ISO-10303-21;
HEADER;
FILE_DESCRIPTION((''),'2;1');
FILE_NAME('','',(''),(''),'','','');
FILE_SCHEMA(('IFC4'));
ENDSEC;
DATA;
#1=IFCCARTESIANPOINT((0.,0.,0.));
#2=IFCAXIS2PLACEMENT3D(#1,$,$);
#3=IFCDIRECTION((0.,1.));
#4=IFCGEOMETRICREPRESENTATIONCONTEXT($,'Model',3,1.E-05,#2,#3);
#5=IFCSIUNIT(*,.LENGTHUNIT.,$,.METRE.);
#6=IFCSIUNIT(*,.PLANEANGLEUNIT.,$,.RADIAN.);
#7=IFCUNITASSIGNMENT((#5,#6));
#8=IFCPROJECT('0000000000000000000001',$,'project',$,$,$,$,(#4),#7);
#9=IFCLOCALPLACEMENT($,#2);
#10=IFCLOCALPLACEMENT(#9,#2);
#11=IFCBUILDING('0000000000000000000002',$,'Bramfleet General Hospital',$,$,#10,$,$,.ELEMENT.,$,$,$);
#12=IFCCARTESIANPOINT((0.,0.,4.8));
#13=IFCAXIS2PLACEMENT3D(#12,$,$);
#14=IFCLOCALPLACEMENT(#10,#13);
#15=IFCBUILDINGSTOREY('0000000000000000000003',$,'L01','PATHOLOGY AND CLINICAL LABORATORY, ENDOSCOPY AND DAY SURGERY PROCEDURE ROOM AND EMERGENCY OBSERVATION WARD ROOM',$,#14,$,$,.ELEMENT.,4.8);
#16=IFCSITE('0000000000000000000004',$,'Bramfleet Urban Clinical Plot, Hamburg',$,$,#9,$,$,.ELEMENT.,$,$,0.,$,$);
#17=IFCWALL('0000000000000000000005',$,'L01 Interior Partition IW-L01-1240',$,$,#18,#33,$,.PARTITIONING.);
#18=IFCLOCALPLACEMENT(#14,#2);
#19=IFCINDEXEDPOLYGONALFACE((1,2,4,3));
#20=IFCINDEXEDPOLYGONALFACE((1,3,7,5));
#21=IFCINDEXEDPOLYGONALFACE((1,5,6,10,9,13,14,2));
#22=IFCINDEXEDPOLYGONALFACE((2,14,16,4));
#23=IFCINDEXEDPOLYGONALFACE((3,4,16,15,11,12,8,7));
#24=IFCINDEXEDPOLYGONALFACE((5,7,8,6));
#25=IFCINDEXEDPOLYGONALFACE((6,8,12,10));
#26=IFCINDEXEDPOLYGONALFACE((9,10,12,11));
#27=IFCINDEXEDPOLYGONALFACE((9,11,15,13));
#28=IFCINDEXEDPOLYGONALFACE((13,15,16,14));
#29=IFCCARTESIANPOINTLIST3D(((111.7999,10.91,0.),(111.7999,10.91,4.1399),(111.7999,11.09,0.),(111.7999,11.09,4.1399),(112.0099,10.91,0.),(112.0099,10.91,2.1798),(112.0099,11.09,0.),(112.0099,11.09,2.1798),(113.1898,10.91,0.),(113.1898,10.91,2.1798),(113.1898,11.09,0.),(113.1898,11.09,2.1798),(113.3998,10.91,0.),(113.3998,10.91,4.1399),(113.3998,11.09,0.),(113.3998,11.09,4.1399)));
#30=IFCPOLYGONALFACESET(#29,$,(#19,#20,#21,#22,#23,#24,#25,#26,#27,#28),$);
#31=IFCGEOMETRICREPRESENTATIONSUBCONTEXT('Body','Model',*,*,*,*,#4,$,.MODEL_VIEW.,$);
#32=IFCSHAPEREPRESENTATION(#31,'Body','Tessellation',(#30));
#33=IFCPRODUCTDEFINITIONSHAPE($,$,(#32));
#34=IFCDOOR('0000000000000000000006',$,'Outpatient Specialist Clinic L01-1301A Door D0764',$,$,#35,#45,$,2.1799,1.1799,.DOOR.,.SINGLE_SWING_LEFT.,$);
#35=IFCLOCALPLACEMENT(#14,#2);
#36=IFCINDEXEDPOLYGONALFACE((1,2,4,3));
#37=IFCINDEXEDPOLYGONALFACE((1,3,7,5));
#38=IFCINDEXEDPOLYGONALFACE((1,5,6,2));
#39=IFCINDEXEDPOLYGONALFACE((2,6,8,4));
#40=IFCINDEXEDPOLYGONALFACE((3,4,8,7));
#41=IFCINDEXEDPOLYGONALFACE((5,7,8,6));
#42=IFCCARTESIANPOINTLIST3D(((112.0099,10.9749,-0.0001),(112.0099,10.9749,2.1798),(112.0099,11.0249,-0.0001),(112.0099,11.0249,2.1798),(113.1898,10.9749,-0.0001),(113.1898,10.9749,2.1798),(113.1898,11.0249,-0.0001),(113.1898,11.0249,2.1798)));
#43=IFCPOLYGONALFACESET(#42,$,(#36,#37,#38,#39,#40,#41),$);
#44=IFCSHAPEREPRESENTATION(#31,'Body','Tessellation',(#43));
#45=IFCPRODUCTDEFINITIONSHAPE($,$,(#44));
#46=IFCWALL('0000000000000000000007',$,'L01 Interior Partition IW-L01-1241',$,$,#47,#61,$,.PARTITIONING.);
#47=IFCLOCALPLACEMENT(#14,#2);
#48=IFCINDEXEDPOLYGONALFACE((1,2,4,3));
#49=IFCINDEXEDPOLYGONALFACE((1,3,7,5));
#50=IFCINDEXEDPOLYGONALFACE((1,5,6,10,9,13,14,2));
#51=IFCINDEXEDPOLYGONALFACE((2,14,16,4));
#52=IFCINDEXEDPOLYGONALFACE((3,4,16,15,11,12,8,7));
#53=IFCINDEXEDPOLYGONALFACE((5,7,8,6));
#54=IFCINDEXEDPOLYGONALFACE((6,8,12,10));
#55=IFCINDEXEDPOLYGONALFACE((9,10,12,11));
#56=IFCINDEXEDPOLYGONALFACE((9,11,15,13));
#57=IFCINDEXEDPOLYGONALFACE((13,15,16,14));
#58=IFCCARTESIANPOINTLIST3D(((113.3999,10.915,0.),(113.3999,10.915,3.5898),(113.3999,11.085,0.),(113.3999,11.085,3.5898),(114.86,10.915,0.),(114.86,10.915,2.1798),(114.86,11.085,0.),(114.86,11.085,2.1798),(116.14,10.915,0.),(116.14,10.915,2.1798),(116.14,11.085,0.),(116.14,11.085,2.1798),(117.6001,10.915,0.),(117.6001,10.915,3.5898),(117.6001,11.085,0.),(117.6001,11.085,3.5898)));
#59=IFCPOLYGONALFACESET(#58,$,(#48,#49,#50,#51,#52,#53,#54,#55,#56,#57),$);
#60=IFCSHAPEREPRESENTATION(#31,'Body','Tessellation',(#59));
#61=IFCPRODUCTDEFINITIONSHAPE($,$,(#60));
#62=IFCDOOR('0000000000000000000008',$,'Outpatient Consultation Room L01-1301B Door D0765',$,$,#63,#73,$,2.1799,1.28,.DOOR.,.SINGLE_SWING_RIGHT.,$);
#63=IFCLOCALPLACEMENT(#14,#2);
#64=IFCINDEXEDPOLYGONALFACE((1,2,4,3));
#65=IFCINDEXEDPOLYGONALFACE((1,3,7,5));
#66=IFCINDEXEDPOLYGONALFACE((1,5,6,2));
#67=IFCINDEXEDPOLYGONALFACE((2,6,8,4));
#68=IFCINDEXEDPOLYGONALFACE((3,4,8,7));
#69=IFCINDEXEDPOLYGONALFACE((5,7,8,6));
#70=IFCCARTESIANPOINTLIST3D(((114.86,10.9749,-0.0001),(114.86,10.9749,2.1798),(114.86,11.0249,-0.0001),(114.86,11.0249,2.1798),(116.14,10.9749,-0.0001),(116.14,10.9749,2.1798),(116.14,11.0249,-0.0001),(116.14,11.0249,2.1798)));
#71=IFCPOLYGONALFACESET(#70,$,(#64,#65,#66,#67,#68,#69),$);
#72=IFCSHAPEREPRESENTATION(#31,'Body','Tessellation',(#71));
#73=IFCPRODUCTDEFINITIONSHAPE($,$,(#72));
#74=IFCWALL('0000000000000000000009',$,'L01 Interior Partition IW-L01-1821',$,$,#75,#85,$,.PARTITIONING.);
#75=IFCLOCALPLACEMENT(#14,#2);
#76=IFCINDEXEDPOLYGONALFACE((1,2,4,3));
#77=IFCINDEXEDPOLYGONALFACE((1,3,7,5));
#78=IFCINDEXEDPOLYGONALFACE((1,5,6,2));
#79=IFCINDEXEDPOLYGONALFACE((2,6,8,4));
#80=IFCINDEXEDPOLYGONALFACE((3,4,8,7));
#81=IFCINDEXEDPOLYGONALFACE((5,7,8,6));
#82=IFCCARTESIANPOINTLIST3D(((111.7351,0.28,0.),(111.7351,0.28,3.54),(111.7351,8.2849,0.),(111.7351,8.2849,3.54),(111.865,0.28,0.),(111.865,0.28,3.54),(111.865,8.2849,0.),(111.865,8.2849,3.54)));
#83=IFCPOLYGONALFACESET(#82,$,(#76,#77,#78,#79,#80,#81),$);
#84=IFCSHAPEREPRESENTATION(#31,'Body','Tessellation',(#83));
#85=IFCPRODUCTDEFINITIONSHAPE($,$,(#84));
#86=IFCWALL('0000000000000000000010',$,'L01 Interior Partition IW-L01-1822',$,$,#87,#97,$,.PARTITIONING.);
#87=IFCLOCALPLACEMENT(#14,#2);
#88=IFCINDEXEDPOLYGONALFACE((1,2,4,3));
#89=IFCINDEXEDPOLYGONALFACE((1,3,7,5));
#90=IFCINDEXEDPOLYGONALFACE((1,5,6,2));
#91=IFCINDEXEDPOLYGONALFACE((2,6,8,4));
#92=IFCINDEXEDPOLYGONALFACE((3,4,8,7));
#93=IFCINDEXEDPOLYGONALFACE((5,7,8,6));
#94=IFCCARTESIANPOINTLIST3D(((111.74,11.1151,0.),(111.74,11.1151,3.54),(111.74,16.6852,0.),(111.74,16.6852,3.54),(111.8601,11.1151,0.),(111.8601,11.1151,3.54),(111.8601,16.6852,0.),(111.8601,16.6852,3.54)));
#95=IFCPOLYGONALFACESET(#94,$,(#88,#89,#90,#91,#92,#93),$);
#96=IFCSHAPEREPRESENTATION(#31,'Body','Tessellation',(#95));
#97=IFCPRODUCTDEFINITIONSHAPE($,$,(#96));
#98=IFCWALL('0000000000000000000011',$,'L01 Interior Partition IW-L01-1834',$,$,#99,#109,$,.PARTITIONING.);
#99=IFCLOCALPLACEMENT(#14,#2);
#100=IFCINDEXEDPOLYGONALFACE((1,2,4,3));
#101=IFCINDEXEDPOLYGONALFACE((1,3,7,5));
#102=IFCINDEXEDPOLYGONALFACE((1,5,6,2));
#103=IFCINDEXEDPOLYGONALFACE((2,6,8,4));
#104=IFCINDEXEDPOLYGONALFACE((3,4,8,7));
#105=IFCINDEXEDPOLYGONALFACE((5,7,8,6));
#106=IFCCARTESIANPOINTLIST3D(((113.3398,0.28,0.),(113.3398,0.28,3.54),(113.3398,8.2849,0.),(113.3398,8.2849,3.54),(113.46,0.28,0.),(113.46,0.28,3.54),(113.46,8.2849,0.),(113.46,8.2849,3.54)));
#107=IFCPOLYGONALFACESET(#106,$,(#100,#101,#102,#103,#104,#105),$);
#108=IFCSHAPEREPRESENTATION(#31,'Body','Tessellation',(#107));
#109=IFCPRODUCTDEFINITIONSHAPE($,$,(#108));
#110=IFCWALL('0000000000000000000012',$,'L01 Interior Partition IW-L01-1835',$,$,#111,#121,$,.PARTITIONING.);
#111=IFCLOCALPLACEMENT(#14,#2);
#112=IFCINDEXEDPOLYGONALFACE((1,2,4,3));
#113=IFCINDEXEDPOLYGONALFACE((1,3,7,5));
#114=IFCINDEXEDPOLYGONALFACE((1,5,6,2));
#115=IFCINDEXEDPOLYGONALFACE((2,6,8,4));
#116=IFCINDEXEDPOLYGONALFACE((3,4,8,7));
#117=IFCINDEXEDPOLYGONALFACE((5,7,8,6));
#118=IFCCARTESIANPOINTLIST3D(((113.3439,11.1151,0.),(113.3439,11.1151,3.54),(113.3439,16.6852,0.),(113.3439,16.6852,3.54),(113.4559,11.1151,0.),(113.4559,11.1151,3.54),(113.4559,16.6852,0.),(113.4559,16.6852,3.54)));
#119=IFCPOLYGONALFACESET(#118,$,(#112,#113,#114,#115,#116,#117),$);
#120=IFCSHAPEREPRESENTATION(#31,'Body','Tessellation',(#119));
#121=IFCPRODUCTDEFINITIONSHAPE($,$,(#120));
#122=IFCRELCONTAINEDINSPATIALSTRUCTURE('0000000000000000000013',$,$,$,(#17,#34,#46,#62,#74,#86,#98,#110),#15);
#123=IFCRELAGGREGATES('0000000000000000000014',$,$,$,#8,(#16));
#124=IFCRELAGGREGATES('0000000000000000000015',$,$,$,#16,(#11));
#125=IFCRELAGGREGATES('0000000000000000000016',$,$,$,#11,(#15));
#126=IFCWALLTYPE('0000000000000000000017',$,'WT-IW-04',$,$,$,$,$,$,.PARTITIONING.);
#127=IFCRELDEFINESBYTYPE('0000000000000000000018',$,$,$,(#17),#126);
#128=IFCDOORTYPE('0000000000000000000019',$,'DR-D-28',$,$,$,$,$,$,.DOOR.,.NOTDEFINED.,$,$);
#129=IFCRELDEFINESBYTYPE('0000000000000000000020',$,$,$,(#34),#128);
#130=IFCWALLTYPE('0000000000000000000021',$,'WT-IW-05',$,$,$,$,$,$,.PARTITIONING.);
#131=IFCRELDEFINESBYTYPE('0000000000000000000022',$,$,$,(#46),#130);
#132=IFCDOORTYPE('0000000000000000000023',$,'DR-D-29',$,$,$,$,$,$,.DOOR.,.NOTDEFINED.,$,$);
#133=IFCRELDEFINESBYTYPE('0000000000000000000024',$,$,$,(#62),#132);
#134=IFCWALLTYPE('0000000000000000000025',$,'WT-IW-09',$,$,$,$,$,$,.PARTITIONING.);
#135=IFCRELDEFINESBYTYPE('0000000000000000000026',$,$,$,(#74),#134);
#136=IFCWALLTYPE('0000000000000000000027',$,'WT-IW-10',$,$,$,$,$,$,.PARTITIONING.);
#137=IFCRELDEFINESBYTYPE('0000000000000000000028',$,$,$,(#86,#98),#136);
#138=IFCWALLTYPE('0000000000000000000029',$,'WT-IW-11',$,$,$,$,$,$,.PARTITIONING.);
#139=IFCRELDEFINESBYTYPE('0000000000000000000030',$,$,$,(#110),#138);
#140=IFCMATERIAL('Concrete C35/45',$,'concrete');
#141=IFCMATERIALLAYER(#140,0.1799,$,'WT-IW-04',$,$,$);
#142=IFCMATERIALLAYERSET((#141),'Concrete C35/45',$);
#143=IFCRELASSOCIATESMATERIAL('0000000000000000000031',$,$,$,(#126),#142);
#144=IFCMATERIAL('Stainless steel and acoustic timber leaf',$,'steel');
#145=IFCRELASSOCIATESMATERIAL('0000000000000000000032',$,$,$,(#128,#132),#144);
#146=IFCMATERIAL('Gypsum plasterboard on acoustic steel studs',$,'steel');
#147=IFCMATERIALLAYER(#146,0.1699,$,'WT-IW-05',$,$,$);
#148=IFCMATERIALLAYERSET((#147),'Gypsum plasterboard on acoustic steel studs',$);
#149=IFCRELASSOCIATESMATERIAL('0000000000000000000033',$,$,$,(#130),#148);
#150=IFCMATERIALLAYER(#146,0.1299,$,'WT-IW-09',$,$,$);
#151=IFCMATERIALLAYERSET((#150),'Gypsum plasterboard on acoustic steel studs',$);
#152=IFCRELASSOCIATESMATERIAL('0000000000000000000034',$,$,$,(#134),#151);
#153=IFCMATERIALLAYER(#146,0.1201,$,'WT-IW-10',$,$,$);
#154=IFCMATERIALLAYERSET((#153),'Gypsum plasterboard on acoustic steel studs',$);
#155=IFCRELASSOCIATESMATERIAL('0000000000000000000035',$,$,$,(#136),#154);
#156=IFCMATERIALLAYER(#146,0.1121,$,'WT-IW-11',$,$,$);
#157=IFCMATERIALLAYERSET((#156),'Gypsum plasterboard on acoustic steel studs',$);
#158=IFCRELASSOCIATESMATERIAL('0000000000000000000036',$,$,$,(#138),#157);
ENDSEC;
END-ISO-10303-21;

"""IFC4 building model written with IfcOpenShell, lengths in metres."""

from ifc_helpers import new_model, si_unit, direction, frame, frame_2d, origin, place, context, subcontext, project, spatial, rectangle, extrude, material, layer, layer_set, type_object, element, fill, save


model = new_model("IFC4")

# Units and contexts
model_context = context("Model", 3, precision=1e-05, world=origin(), true_north=direction((0.0, 1.0)))
body_context = subcontext(model_context, "Body", "Model", "MODEL_VIEW")
ifc_project = project(units=[si_unit("LENGTHUNIT", "METRE"), si_unit("PLANEANGLEUNIT", "RADIAN")], contexts=[model_context])

# Site, building, storey
site_placement = place(None, origin())
site = spatial("IfcSite", under=ifc_project, at=site_placement, Name="Bramfleet Urban Clinical Plot, Hamburg", CompositionType="ELEMENT", RefElevation=0.0)
building_placement = place(site_placement, origin())
building = spatial("IfcBuilding", under=site, at=building_placement, Name="Bramfleet General Hospital", CompositionType="ELEMENT")
storey_placement = place(building_placement, frame((0.0, 0.0, 4.8)))
storey = spatial("IfcBuildingStorey", under=building, at=storey_placement, Name="L01", Description="PATHOLOGY AND CLINICAL LABORATORY, ENDOSCOPY AND DAY SURGERY PROCEDURE ROOM AND EMERGENCY OBSERVATION WARD ROOM", CompositionType="ELEMENT", Elevation=4.8)

# Walls, openings, doors
ifc_material_1 = material(Name="Concrete C35/45", Category="concrete")
ifc_material_2 = material(Name="Stainless steel and acoustic timber leaf", Category="steel")
ifc_layer_1 = layer(ifc_material_1, 0.1799, Name="WT-IW-04")
ifc_layer_set_1 = layer_set([ifc_layer_1], Name="Concrete C35/45")
wall_type_1 = type_object("IfcWallType", Name="WT-IW-04", PredefinedType="PARTITIONING", material=ifc_layer_set_1)
wall_1_placement = place(storey_placement, frame((111.8, 11.0, 0.0), z_axis=(0.0, 0.0, 1.0), x_axis=(1.0, 0.0, 0.0)))
wall_1 = element("IfcWall", 1, at=wall_1_placement, inside=storey, type_object=wall_type_1, Name="L01 Interior Partition IW-L01-1240", PredefinedType="PARTITIONING", context=body_context, shape_type="SweptSolid", body=[
    extrude(rectangle(XDim=1.5999, YDim=0.1799, at=frame_2d((0.7998, 0.0))), origin(), (0.0, 0.0, 1.0), 4.1399),
])
opening_1_placement = place(wall_1_placement, frame((0.21, 0.0, 0.0)))
opening_1 = element("IfcOpeningElement", 2, at=opening_1_placement, cuts=wall_1, PredefinedType="OPENING", context=body_context, shape_type="SweptSolid", body=[
    extrude(rectangle(XDim=1.1799, YDim=2.1799, at=frame_2d((0.5898, 1.0898))), frame((0.0, 0.0999, 0.0), z_axis=(0.0, -1.0, 0.0), x_axis=(1.0, 0.0, 0.0)), (0.0, 0.0, 1.0), 0.2),
])
door_type_1 = type_object("IfcDoorType", Name="DR-D-28", OperationType="NOTDEFINED", PredefinedType="DOOR", material=ifc_material_2)
door_1_placement = place(opening_1_placement, origin())
door_1 = element("IfcDoor", 3, at=door_1_placement, inside=storey, type_object=door_type_1, Name="Outpatient Specialist Clinic L01-1301A Door D0764", OperationType="SINGLE_SWING_LEFT", OverallHeight=2.1799, OverallWidth=1.1799, PredefinedType="DOOR", context=body_context, shape_type="SweptSolid", body=[
    extrude(rectangle(XDim=1.1799, YDim=2.1799, at=frame_2d((0.5898, 1.0898))), frame((0.0, 0.0249, 0.0), z_axis=(0.0, -1.0, 0.0), x_axis=(1.0, 0.0, 0.0)), (0.0, 0.0, 1.0), 0.05),
])
fill(opening_1, door_1)
ifc_material_3 = material(Name="Gypsum plasterboard on acoustic steel studs", Category="steel")
ifc_layer_2 = layer(ifc_material_3, 0.1699, Name="WT-IW-05")
ifc_layer_set_2 = layer_set([ifc_layer_2], Name="Gypsum plasterboard on acoustic steel studs")
wall_type_2 = type_object("IfcWallType", Name="WT-IW-05", PredefinedType="PARTITIONING", material=ifc_layer_set_2)
wall_2_placement = place(storey_placement, frame((113.3999, 11.0, 0.0), z_axis=(0.0, 0.0, 1.0), x_axis=(1.0, 0.0, 0.0)))
wall_2 = element("IfcWall", 4, at=wall_2_placement, inside=storey, type_object=wall_type_2, Name="L01 Interior Partition IW-L01-1241", PredefinedType="PARTITIONING", context=body_context, shape_type="SweptSolid", body=[
    extrude(rectangle(XDim=4.2002, YDim=0.1699, at=frame_2d((2.1001, 0.0))), origin(), (0.0, 0.0, 1.0), 3.5898),
])
opening_2_placement = place(wall_2_placement, frame((1.46, 0.0, 0.0)))
opening_2 = element("IfcOpeningElement", 5, at=opening_2_placement, cuts=wall_2, PredefinedType="OPENING", context=body_context, shape_type="SweptSolid", body=[
    extrude(rectangle(XDim=1.28, YDim=2.1799, at=frame_2d((0.6401, 1.0898))), frame((0.0, 0.095, 0.0), z_axis=(0.0, -1.0, 0.0), x_axis=(1.0, 0.0, 0.0)), (0.0, 0.0, 1.0), 0.1899),
])
door_type_2 = type_object("IfcDoorType", Name="DR-D-29", OperationType="NOTDEFINED", PredefinedType="DOOR", material=ifc_material_2)
door_2_placement = place(opening_2_placement, origin())
door_2 = element("IfcDoor", 6, at=door_2_placement, inside=storey, type_object=door_type_2, Name="Outpatient Consultation Room L01-1301B Door D0765", OperationType="SINGLE_SWING_RIGHT", OverallHeight=2.1799, OverallWidth=1.28, PredefinedType="DOOR", context=body_context, shape_type="SweptSolid", body=[
    extrude(rectangle(XDim=1.28, YDim=2.1799, at=frame_2d((0.6401, 1.0898))), frame((0.0, 0.0249, 0.0), z_axis=(0.0, -1.0, 0.0), x_axis=(1.0, 0.0, 0.0)), (0.0, 0.0, 1.0), 0.05),
])
fill(opening_2, door_2)

# Walls
ifc_layer_3 = layer(ifc_material_3, 0.1299, Name="WT-IW-09")
ifc_layer_set_3 = layer_set([ifc_layer_3], Name="Gypsum plasterboard on acoustic steel studs")
wall_type_3 = type_object("IfcWallType", Name="WT-IW-09", PredefinedType="PARTITIONING", material=ifc_layer_set_3)
wall_3_placement = place(storey_placement, frame((111.8, 0.28, 0.0), z_axis=(0.0, 0.0, 1.0), x_axis=(0.0, 1.0, 0.0)))
element("IfcWall", 7, at=wall_3_placement, inside=storey, type_object=wall_type_3, Name="L01 Interior Partition IW-L01-1821", PredefinedType="PARTITIONING", context=body_context, shape_type="SweptSolid", body=[
    extrude(rectangle(XDim=8.0049, YDim=0.1299, at=frame_2d((4.0024, 0.0))), origin(), (0.0, 0.0, 1.0), 3.54),
])
ifc_layer_4 = layer(ifc_material_3, 0.1201, Name="WT-IW-10")
ifc_layer_set_4 = layer_set([ifc_layer_4], Name="Gypsum plasterboard on acoustic steel studs")
wall_type_4 = type_object("IfcWallType", Name="WT-IW-10", PredefinedType="PARTITIONING", material=ifc_layer_set_4)
wall_4_placement = place(storey_placement, frame((111.8, 11.115, 0.0), z_axis=(0.0, 0.0, 1.0), x_axis=(0.0, 1.0, 0.0)))
element("IfcWall", 8, at=wall_4_placement, inside=storey, type_object=wall_type_4, Name="L01 Interior Partition IW-L01-1822", PredefinedType="PARTITIONING", context=body_context, shape_type="SweptSolid", body=[
    extrude(rectangle(XDim=5.5701, YDim=0.1201, at=frame_2d((2.7852, 0.0))), origin(), (0.0, 0.0, 1.0), 3.54),
])
wall_5_placement = place(storey_placement, frame((113.3999, 0.28, 0.0), z_axis=(0.0, 0.0, 1.0), x_axis=(0.0, 1.0, 0.0)))
element("IfcWall", 9, at=wall_5_placement, inside=storey, type_object=wall_type_4, Name="L01 Interior Partition IW-L01-1834", PredefinedType="PARTITIONING", context=body_context, shape_type="SweptSolid", body=[
    extrude(rectangle(XDim=8.0049, YDim=0.1201, at=frame_2d((4.0024, 0.0))), origin(), (0.0, 0.0, 1.0), 3.54),
])
ifc_layer_5 = layer(ifc_material_3, 0.1121, Name="WT-IW-11")
ifc_layer_set_5 = layer_set([ifc_layer_5], Name="Gypsum plasterboard on acoustic steel studs")
wall_type_5 = type_object("IfcWallType", Name="WT-IW-11", PredefinedType="PARTITIONING", material=ifc_layer_set_5)
wall_6_placement = place(storey_placement, frame((113.3999, 11.115, 0.0), z_axis=(0.0, 0.0, 1.0), x_axis=(0.0, 1.0, 0.0)))
element("IfcWall", 10, at=wall_6_placement, inside=storey, type_object=wall_type_5, Name="L01 Interior Partition IW-L01-1835", PredefinedType="PARTITIONING", context=body_context, shape_type="SweptSolid", body=[
    extrude(rectangle(XDim=5.5701, YDim=0.1121, at=frame_2d((2.7852, 0.0))), origin(), (0.0, 0.0, 1.0), 3.54),
])

save(model, "model.ifc")
